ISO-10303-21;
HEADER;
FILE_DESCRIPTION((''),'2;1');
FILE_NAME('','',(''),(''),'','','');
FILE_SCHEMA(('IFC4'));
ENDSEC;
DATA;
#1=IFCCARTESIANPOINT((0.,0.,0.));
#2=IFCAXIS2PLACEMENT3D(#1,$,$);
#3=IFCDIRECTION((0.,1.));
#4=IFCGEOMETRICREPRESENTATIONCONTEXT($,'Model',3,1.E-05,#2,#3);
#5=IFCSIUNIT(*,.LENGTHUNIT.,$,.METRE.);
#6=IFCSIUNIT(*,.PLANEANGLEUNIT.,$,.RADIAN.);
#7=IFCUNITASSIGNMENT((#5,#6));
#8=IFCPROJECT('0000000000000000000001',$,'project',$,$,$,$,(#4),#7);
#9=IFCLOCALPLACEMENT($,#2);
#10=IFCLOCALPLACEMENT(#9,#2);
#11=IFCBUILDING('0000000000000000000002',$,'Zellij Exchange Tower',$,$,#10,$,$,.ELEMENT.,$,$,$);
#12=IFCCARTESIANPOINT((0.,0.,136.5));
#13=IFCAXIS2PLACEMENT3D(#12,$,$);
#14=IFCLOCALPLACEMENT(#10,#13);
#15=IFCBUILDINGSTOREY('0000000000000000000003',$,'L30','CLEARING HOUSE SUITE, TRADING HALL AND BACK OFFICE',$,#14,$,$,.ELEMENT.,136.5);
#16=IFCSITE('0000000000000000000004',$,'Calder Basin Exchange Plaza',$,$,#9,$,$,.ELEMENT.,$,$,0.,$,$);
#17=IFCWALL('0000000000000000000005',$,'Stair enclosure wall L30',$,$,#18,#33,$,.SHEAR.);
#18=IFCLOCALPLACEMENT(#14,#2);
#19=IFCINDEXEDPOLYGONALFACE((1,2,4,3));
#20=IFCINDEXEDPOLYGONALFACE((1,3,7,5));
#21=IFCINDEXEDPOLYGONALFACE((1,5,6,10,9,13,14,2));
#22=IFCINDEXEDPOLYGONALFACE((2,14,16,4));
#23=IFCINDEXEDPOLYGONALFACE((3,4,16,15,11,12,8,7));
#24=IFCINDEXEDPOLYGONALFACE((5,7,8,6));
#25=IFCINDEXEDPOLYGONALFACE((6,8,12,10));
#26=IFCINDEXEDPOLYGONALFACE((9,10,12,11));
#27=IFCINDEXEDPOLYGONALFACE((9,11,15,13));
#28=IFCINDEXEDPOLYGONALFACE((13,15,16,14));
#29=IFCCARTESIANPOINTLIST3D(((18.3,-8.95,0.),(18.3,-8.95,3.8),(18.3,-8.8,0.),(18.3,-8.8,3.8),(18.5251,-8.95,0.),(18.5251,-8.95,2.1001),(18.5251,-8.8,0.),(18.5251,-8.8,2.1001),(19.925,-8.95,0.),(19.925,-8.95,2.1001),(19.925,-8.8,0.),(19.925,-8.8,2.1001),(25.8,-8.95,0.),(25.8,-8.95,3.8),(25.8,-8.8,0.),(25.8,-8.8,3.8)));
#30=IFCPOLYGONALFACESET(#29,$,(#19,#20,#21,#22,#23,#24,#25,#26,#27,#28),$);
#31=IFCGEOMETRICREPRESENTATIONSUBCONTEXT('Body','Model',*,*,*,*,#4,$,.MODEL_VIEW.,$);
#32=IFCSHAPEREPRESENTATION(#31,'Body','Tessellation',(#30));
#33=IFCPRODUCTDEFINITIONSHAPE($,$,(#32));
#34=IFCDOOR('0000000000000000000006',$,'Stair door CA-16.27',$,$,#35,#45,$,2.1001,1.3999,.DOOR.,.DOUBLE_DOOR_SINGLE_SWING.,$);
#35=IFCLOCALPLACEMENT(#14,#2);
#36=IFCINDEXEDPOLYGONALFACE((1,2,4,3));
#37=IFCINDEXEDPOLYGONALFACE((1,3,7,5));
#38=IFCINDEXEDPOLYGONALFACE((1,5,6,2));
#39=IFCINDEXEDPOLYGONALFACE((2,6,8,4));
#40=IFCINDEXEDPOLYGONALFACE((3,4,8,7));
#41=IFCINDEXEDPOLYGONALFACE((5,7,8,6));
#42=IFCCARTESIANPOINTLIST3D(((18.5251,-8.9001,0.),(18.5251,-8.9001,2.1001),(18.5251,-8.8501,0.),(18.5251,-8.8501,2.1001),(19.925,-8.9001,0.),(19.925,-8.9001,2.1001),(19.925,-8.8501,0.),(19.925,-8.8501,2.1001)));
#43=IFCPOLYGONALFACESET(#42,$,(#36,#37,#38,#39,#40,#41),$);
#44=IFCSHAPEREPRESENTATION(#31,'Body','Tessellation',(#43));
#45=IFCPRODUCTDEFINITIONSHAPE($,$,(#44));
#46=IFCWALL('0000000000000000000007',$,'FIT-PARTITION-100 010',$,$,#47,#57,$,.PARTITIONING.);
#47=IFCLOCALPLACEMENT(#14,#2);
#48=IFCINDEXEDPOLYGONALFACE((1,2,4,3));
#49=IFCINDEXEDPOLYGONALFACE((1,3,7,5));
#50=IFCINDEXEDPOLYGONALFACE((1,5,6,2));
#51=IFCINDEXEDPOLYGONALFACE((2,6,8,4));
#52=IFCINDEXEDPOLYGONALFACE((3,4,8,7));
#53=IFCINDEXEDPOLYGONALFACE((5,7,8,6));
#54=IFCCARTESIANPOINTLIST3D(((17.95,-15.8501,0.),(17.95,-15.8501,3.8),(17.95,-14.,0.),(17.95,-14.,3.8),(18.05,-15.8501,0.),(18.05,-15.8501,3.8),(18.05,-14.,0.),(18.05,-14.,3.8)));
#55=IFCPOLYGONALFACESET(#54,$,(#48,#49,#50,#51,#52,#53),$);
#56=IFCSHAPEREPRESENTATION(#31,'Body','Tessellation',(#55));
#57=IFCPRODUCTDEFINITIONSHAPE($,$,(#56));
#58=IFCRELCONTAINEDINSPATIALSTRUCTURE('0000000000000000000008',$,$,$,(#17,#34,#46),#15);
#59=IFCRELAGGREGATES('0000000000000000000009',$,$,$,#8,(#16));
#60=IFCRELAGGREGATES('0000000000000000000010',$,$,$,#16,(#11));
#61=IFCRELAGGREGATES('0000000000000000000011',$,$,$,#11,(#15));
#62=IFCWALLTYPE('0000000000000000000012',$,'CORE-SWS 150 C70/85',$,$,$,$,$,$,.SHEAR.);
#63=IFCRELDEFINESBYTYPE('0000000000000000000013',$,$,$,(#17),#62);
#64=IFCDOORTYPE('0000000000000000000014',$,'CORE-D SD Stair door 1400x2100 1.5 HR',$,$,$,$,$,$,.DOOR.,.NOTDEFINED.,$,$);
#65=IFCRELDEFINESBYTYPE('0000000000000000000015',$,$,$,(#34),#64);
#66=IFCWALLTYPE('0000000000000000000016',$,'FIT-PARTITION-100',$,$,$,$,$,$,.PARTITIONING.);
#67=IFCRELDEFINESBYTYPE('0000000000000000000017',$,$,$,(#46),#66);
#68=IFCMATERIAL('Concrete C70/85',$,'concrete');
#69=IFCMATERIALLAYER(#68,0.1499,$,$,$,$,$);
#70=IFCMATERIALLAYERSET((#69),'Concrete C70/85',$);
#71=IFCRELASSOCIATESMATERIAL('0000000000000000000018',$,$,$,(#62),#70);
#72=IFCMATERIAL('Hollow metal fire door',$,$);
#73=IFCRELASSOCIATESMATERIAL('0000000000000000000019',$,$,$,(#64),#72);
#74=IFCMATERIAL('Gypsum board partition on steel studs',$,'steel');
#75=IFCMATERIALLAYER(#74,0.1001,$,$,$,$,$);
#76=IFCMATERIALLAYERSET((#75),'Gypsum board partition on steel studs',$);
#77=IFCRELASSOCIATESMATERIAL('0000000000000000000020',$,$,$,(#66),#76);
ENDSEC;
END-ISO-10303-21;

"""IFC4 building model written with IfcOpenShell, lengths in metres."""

from ifc_helpers import new_model, si_unit, direction, frame, frame_2d, origin, place, context, subcontext, project, spatial, rectangle, extrude, material, layer, layer_set, type_object, element, fill, save


model = new_model("IFC4")

# Units and contexts
model_context = context("Model", 3, precision=1e-05, world=origin(), true_north=direction((0.0, 1.0)))
body_context = subcontext(model_context, "Body", "Model", "MODEL_VIEW")
ifc_project = project(units=[si_unit("LENGTHUNIT", "METRE"), si_unit("PLANEANGLEUNIT", "RADIAN")], contexts=[model_context])

# Site, building, storey
site_placement = place(None, origin())
site = spatial("IfcSite", under=ifc_project, at=site_placement, Name="Calder Basin Exchange Plaza", CompositionType="ELEMENT", RefElevation=0.0)
building_placement = place(site_placement, origin())
building = spatial("IfcBuilding", under=site, at=building_placement, Name="Zellij Exchange Tower", CompositionType="ELEMENT")
storey_placement = place(building_placement, frame((0.0, 0.0, 136.5)))
storey = spatial("IfcBuildingStorey", under=building, at=storey_placement, Name="L30", Description="CLEARING HOUSE SUITE, TRADING HALL AND BACK OFFICE", CompositionType="ELEMENT", Elevation=136.5)

# Shared definitions
ifc_material_1 = material(Name="Concrete C70/85", Category="concrete")

# Shared definitions
ifc_material_2 = material(Name="Hollow metal fire door")

# Wall, opening, door
ifc_layer_1 = layer(ifc_material_1, 0.1499)
ifc_layer_set_1 = layer_set([ifc_layer_1], Name="Concrete C70/85")
wall_type_1 = type_object("IfcWallType", Name="CORE-SWS 150 C70/85", PredefinedType="SHEAR", material=ifc_layer_set_1)
wall_1_placement = place(storey_placement, frame((18.3, -8.875, 0.0), z_axis=(0.0, 0.0, 1.0), x_axis=(1.0, 0.0, 0.0)))
wall_1 = element("IfcWall", 1, at=wall_1_placement, inside=storey, type_object=wall_type_1, Name="Stair enclosure wall L30", PredefinedType="SHEAR", context=body_context, shape_type="SweptSolid", body=[
    extrude(rectangle(XDim=7.5, YDim=0.1499, at=frame_2d((3.75, 0.0))), origin(), (0.0, 0.0, 1.0), 3.8),
])
opening_1_placement = place(wall_1_placement, frame((0.2251, 0.0, 0.0)))
opening_1 = element("IfcOpeningElement", 2, at=opening_1_placement, cuts=wall_1, PredefinedType="OPENING", context=body_context, shape_type="SweptSolid", body=[
    extrude(rectangle(XDim=1.3999, YDim=2.1001, at=frame_2d((0.7, 1.05))), frame((0.0, 0.0869, 0.0), z_axis=(0.0, -1.0, 0.0), x_axis=(1.0, 0.0, 0.0)), (0.0, 0.0, 1.0), 0.1738),
])
door_type_1 = type_object("IfcDoorType", Name="CORE-D SD Stair door 1400x2100 1.5 HR", OperationType="NOTDEFINED", PredefinedType="DOOR", material=ifc_material_2)
door_1_placement = place(opening_1_placement, origin())
door_1 = element("IfcDoor", 3, at=door_1_placement, inside=storey, type_object=door_type_1, Name="Stair door CA-16.27", OperationType="DOUBLE_DOOR_SINGLE_SWING", OverallHeight=2.1001, OverallWidth=1.3999, PredefinedType="DOOR", context=body_context, shape_type="SweptSolid", body=[
    extrude(rectangle(XDim=1.3999, YDim=2.1001, at=frame_2d((0.7, 1.05))), frame((0.0, 0.0249, 0.0), z_axis=(0.0, -1.0, 0.0), x_axis=(1.0, 0.0, 0.0)), (0.0, 0.0, 1.0), 0.05),
])
fill(opening_1, door_1)

# Wall
ifc_material_3 = material(Name="Gypsum board partition on steel studs", Category="steel")
ifc_layer_2 = layer(ifc_material_3, 0.1001)
ifc_layer_set_2 = layer_set([ifc_layer_2], Name="Gypsum board partition on steel studs")
wall_type_2 = type_object("IfcWallType", Name="FIT-PARTITION-100", PredefinedType="PARTITIONING", material=ifc_layer_set_2)
wall_2_placement = place(storey_placement, frame((18.0, -15.8501, 0.0), z_axis=(0.0, 0.0, 1.0), x_axis=(0.0, 1.0, 0.0)))
element("IfcWall", 4, at=wall_2_placement, inside=storey, type_object=wall_type_2, Name="FIT-PARTITION-100 010", PredefinedType="PARTITIONING", context=body_context, shape_type="SweptSolid", body=[
    extrude(rectangle(XDim=1.8501, YDim=0.1001, at=frame_2d((0.925, 0.0))), origin(), (0.0, 0.0, 1.0), 3.8),
])

save(model, "model.ifc")
